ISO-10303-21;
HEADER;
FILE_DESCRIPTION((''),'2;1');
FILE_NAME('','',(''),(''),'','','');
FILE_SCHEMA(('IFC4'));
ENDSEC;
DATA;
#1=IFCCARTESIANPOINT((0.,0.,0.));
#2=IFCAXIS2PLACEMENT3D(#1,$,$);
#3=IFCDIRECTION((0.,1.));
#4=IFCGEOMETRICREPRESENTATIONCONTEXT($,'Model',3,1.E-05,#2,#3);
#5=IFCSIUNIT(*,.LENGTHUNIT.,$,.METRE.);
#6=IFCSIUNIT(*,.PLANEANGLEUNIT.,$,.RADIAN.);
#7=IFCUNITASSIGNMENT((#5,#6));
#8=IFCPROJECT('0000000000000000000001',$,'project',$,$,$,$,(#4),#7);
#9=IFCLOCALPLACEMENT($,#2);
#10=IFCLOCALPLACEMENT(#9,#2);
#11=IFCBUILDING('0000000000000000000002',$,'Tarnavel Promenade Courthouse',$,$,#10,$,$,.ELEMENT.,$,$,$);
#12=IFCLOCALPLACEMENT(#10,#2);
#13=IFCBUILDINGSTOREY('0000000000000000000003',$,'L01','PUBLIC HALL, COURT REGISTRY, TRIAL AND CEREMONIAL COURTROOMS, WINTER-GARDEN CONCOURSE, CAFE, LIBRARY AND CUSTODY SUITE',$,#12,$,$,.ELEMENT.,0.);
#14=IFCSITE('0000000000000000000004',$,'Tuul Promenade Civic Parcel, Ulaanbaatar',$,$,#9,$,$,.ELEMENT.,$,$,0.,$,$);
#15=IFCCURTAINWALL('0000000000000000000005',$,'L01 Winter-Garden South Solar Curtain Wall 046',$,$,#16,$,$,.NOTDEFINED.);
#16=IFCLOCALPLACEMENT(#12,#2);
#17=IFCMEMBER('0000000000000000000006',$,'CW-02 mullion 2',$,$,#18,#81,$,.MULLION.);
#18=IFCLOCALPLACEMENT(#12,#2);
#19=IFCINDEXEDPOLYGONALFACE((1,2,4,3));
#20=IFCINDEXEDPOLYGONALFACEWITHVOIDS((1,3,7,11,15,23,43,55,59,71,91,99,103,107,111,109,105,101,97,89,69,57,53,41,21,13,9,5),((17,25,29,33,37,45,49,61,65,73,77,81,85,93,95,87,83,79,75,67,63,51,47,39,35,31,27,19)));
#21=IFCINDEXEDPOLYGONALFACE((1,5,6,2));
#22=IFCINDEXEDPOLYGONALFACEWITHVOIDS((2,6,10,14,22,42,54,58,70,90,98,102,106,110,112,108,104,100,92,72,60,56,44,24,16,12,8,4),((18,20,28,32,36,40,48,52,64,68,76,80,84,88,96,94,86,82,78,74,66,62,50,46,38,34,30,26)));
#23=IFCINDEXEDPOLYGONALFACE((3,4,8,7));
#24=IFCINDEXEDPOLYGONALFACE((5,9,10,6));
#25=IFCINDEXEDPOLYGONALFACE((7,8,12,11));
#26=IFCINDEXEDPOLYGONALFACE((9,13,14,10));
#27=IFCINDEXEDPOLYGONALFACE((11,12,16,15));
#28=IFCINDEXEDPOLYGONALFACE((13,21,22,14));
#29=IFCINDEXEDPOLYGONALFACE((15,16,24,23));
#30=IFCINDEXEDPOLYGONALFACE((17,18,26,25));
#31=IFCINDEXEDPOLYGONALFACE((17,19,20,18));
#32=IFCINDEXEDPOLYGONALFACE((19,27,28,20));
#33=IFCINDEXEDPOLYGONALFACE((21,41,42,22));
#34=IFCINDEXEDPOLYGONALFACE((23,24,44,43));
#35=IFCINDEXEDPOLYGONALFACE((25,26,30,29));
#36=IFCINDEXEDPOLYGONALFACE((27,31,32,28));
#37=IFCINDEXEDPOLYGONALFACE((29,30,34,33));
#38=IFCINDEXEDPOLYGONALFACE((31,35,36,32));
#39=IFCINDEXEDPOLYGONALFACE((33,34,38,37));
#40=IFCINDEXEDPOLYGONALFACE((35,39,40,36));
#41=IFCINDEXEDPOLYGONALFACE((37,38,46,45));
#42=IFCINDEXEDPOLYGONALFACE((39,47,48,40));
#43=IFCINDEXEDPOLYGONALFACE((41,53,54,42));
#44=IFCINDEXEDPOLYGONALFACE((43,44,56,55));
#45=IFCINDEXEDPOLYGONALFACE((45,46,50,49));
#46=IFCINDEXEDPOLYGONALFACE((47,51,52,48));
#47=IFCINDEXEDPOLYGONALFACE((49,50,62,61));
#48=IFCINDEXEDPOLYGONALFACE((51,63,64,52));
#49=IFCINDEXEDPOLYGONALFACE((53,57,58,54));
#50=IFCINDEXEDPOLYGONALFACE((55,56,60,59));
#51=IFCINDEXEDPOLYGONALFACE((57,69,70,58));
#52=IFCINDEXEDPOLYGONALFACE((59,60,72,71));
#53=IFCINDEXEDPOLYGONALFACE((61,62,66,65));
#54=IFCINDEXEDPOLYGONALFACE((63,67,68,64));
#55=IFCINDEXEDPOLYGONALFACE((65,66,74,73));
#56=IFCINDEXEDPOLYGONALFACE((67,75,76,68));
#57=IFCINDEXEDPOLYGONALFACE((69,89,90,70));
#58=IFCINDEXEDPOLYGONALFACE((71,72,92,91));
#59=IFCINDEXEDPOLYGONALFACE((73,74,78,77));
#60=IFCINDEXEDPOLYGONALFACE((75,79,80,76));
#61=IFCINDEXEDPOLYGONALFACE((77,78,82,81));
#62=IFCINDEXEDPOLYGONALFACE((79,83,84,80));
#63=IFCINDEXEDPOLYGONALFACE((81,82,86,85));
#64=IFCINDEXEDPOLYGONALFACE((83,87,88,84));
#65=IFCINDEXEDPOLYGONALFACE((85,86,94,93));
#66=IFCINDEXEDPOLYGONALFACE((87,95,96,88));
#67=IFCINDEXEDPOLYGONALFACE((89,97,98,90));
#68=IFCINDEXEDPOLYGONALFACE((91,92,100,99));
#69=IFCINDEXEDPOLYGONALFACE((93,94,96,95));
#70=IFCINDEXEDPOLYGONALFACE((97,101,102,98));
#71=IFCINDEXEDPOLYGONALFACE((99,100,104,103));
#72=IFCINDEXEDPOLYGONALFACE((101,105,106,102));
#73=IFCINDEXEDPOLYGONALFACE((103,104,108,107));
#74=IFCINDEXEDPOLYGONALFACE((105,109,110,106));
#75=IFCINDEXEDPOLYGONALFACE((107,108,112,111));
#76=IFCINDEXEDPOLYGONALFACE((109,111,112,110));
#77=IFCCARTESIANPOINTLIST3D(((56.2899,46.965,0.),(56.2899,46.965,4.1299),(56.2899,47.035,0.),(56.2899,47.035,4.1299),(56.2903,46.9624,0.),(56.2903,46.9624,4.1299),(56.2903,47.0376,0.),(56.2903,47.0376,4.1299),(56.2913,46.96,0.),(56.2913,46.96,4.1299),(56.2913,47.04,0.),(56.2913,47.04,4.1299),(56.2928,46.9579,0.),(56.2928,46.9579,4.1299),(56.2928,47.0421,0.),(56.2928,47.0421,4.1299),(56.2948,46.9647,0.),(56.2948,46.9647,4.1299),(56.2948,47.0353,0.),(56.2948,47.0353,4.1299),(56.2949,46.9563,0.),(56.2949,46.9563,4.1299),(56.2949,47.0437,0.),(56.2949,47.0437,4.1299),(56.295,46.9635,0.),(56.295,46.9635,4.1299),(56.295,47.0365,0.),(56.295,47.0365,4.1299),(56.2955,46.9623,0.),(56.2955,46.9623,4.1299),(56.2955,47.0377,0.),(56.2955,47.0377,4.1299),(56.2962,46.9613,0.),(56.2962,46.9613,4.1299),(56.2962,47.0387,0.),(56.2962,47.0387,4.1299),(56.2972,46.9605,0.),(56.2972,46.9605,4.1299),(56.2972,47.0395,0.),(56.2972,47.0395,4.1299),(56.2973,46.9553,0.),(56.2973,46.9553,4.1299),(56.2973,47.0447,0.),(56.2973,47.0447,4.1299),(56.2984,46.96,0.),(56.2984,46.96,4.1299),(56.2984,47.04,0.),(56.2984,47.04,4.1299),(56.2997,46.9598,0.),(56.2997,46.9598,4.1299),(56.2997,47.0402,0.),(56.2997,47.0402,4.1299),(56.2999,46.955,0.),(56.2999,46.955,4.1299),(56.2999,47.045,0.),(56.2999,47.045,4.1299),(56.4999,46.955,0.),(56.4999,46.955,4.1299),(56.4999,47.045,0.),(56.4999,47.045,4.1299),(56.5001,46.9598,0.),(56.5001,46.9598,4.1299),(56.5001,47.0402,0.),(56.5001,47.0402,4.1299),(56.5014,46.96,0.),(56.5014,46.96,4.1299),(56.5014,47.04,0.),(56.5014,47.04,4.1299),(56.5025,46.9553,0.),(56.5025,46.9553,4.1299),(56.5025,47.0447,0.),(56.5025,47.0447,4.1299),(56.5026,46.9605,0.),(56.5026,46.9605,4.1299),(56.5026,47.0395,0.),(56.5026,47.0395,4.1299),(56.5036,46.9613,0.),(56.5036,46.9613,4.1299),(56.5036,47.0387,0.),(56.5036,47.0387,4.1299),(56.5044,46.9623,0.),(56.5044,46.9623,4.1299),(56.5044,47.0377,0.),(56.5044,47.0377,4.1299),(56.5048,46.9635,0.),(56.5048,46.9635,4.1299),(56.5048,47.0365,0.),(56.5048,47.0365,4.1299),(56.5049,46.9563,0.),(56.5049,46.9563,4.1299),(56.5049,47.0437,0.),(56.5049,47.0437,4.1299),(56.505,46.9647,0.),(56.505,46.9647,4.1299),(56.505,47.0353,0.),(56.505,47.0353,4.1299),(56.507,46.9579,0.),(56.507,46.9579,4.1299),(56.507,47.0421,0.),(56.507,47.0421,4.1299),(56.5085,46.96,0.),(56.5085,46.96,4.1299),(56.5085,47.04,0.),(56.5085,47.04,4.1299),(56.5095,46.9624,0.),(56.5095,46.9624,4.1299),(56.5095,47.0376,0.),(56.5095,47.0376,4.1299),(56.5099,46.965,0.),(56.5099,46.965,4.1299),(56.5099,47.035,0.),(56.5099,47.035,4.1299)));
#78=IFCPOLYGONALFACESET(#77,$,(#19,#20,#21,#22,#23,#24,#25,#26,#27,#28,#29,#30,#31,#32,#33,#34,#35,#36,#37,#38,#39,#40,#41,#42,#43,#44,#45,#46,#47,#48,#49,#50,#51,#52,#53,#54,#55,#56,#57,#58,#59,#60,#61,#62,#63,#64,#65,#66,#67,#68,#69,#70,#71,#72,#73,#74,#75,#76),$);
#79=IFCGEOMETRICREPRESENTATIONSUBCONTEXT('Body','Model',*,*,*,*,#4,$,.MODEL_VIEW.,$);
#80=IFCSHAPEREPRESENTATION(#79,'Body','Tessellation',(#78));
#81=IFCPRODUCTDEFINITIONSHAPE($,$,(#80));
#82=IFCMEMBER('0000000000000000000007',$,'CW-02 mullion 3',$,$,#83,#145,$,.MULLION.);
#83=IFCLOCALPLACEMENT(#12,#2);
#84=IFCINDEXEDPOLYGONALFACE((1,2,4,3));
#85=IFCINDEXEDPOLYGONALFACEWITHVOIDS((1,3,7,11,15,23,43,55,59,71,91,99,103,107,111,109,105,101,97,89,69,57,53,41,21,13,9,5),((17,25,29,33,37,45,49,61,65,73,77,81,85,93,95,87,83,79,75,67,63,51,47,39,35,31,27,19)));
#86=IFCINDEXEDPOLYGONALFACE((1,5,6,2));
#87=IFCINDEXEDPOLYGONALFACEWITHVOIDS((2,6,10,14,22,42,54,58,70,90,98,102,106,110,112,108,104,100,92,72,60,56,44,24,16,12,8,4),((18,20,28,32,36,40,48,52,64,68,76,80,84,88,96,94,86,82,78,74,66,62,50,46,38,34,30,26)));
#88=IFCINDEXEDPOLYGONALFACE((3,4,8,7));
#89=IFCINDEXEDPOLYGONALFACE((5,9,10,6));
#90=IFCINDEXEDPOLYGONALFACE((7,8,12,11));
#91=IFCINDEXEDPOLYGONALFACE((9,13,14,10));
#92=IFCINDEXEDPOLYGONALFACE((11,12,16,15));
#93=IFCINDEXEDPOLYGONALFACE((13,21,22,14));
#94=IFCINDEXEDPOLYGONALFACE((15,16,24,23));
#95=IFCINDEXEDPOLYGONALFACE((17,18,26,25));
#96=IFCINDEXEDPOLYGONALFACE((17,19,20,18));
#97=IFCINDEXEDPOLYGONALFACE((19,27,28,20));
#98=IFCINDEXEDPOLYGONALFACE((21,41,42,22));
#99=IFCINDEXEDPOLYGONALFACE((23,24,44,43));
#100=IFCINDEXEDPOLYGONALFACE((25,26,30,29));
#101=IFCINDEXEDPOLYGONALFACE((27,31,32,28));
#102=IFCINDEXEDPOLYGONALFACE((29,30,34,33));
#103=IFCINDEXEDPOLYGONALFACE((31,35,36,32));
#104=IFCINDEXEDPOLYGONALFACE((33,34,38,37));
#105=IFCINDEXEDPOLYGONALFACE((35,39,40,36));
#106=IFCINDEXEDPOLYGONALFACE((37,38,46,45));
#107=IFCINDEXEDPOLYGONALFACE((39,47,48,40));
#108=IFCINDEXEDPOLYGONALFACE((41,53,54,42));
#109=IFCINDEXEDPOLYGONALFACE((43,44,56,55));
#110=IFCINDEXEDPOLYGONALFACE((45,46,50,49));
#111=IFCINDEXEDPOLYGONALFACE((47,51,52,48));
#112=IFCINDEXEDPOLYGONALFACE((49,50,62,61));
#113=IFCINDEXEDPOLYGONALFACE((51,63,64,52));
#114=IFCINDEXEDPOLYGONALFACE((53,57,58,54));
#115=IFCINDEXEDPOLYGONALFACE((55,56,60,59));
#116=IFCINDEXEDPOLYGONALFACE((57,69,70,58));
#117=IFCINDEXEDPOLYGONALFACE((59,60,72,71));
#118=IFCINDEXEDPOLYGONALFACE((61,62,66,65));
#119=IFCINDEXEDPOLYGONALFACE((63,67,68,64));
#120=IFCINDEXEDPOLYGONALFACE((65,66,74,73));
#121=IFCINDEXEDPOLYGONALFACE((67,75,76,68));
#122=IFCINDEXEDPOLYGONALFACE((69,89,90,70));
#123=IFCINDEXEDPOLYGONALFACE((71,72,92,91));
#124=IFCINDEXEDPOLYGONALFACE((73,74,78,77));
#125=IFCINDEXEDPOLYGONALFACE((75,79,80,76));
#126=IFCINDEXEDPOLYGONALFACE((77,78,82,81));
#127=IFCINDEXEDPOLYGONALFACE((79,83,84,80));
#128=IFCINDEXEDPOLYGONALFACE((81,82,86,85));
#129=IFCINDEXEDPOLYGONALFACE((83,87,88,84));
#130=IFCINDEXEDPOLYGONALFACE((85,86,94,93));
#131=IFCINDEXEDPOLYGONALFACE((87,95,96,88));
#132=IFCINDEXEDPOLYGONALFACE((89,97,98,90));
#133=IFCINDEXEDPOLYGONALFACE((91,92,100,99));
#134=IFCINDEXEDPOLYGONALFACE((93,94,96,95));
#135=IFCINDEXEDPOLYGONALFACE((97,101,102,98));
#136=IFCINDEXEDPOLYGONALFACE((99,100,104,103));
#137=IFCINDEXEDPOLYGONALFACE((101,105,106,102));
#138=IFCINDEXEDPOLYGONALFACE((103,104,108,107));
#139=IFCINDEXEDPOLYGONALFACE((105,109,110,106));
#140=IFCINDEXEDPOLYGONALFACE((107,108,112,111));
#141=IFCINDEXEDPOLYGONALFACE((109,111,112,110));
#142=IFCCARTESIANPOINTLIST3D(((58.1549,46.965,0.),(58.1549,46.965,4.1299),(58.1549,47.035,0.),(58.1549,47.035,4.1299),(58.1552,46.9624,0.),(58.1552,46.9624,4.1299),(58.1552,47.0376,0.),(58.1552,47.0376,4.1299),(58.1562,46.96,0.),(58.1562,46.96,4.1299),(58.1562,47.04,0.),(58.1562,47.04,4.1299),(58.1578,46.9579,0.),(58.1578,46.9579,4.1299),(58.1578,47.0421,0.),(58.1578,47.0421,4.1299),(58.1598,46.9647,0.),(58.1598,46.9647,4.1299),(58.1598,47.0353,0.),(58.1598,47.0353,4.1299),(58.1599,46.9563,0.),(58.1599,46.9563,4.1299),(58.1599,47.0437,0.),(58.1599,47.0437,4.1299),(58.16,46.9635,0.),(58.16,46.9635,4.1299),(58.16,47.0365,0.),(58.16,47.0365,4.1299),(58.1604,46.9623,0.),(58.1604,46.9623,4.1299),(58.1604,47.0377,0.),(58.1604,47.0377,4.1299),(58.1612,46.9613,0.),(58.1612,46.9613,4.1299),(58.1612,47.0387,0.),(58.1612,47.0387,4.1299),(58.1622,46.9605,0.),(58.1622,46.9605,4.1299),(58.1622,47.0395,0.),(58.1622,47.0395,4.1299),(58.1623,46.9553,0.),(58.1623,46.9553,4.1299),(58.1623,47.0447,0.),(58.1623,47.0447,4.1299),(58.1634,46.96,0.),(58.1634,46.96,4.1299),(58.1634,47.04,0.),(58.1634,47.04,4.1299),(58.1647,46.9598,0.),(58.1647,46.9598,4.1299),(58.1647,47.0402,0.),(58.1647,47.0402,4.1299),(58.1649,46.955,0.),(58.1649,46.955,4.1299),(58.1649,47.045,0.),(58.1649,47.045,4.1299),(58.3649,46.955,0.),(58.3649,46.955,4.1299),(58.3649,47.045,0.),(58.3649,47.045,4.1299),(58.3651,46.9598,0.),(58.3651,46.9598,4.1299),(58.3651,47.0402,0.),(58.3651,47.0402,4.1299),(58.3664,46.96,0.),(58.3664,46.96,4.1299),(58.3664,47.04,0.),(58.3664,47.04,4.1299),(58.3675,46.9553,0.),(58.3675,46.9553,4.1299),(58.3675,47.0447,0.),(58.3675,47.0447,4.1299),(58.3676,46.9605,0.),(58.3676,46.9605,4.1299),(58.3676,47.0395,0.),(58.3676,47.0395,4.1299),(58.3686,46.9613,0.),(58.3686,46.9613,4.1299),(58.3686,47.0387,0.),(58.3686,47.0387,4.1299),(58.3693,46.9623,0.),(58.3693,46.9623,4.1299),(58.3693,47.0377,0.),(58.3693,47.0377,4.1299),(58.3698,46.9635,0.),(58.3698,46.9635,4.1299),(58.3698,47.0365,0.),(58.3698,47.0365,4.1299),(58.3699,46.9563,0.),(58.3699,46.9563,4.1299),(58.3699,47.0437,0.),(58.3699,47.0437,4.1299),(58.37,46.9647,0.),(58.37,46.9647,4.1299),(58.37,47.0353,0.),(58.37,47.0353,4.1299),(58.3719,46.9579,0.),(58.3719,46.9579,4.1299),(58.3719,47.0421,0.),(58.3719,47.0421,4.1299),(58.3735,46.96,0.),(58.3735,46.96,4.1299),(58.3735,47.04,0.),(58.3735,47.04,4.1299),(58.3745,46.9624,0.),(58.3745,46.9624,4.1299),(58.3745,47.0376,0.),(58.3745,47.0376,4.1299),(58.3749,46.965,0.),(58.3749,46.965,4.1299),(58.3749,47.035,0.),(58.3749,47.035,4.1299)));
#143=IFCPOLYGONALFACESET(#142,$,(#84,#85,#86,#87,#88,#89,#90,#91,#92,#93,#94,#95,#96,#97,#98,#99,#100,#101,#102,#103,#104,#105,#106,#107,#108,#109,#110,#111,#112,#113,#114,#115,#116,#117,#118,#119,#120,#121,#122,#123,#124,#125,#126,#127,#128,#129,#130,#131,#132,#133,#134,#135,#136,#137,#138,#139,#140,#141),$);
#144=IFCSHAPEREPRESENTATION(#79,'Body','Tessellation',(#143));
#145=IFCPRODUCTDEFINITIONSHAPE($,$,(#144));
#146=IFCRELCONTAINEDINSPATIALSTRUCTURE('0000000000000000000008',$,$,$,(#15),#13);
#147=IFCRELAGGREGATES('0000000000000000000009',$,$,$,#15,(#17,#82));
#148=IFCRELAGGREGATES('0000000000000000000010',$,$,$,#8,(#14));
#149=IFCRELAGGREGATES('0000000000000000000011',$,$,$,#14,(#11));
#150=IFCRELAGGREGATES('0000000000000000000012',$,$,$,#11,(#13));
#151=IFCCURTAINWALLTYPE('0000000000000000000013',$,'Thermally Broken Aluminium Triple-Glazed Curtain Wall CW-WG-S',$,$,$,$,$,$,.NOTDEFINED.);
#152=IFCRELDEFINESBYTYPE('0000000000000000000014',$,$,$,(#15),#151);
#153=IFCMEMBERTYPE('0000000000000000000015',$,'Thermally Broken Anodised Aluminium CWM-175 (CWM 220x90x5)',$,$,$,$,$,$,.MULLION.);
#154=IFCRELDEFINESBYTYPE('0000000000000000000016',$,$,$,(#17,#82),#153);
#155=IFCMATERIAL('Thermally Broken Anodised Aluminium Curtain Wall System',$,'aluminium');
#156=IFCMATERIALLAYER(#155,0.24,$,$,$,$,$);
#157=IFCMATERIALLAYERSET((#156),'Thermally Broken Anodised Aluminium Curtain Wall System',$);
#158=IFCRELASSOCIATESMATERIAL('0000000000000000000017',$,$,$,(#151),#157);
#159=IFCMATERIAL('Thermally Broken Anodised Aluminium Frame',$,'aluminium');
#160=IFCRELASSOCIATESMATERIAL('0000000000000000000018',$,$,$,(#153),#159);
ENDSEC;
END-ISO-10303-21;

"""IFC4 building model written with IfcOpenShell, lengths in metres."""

from ifc_helpers import new_model, si_unit, direction, frame, origin, origin_2d, place, context, subcontext, project, spatial, hollow_rectangle, extrude, material, layer, layer_set, material_profile, profile_set, type_object, element, aggregate, save


model = new_model("IFC4")

# Units and contexts
model_context = context("Model", 3, precision=1e-05, world=origin(), true_north=direction((0.0, 1.0)))
body_context = subcontext(model_context, "Body", "Model", "MODEL_VIEW")
ifc_project = project(units=[si_unit("LENGTHUNIT", "METRE"), si_unit("PLANEANGLEUNIT", "RADIAN")], contexts=[model_context])

# Site, building, storey
site_placement = place(None, origin())
site = spatial("IfcSite", under=ifc_project, at=site_placement, Name="Tuul Promenade Civic Parcel, Ulaanbaatar", CompositionType="ELEMENT", RefElevation=0.0)
building_placement = place(site_placement, origin())
building = spatial("IfcBuilding", under=site, at=building_placement, Name="Tarnavel Promenade Courthouse", CompositionType="ELEMENT")
storey_placement = place(building_placement, origin())
storey = spatial("IfcBuildingStorey", under=building, at=storey_placement, Name="L01", Description="PUBLIC HALL, COURT REGISTRY, TRIAL AND CEREMONIAL COURTROOMS, WINTER-GARDEN CONCOURSE, CAFE, LIBRARY AND CUSTODY SUITE", CompositionType="ELEMENT", Elevation=0.0)

# Curtain wall, members
ifc_material_1 = material(Name="Thermally Broken Anodised Aluminium Curtain Wall System", Category="aluminium")
ifc_layer_1 = layer(ifc_material_1, 0.24)
ifc_layer_set_1 = layer_set([ifc_layer_1], Name="Thermally Broken Anodised Aluminium Curtain Wall System")
curtain_wall_type = type_object("IfcCurtainWallType", Name="Thermally Broken Aluminium Triple-Glazed Curtain Wall CW-WG-S", PredefinedType="NOTDEFINED", material=ifc_layer_set_1)
curtain_wall_1_placement = place(storey_placement, origin())
curtain_wall_1 = element("IfcCurtainWall", 1, at=curtain_wall_1_placement, inside=storey, type_object=curtain_wall_type, Name="L01 Winter-Garden South Solar Curtain Wall 046", PredefinedType="NOTDEFINED")
ifc_material_2 = material(Name="Thermally Broken Anodised Aluminium Frame", Category="aluminium")
ifc_material_profile_1 = material_profile(ifc_material_2, hollow_rectangle(XDim=0.0901, YDim=0.22, WallThickness=0.0049, InnerFilletRadius=0.0049, OuterFilletRadius=0.01, at=origin_2d()), Name="CWM 220x90x5")
ifc_profile_set_1 = profile_set([ifc_material_profile_1], Name="Thermally Broken Anodised Aluminium Frame")
member_type_1 = type_object("IfcMemberType", Name="Thermally Broken Anodised Aluminium CWM-175 (CWM 220x90x5)", PredefinedType="MULLION", material=ifc_profile_set_1)
member_1_placement = place(storey_placement, frame((56.3999, 47.0, 0.0), z_axis=(0.0, 0.0, 1.0), x_axis=(0.0, 1.0, 0.0)))
member_1 = element("IfcMember", 2, at=member_1_placement, type_object=member_type_1, Name="CW-02 mullion 2", PredefinedType="MULLION", context=body_context, shape_type="SweptSolid", body=[
    extrude(hollow_rectangle(XDim=0.0901, YDim=0.22, WallThickness=0.0049, InnerFilletRadius=0.0049, OuterFilletRadius=0.01, at=origin_2d()), origin(), (0.0, 0.0, 1.0), 4.1299),
])
member_2_placement = place(storey_placement, frame((58.2649, 47.0, 0.0), z_axis=(0.0, 0.0, 1.0), x_axis=(0.0, 1.0, 0.0)))
member_2 = element("IfcMember", 3, at=member_2_placement, type_object=member_type_1, Name="CW-02 mullion 3", PredefinedType="MULLION", context=body_context, shape_type="SweptSolid", body=[
    extrude(hollow_rectangle(XDim=0.0901, YDim=0.22, WallThickness=0.0049, InnerFilletRadius=0.0049, OuterFilletRadius=0.01, at=origin_2d()), origin(), (0.0, 0.0, 1.0), 4.1299),
])

aggregate(curtain_wall_1, [member_1, member_2])

save(model, "model.ifc")
